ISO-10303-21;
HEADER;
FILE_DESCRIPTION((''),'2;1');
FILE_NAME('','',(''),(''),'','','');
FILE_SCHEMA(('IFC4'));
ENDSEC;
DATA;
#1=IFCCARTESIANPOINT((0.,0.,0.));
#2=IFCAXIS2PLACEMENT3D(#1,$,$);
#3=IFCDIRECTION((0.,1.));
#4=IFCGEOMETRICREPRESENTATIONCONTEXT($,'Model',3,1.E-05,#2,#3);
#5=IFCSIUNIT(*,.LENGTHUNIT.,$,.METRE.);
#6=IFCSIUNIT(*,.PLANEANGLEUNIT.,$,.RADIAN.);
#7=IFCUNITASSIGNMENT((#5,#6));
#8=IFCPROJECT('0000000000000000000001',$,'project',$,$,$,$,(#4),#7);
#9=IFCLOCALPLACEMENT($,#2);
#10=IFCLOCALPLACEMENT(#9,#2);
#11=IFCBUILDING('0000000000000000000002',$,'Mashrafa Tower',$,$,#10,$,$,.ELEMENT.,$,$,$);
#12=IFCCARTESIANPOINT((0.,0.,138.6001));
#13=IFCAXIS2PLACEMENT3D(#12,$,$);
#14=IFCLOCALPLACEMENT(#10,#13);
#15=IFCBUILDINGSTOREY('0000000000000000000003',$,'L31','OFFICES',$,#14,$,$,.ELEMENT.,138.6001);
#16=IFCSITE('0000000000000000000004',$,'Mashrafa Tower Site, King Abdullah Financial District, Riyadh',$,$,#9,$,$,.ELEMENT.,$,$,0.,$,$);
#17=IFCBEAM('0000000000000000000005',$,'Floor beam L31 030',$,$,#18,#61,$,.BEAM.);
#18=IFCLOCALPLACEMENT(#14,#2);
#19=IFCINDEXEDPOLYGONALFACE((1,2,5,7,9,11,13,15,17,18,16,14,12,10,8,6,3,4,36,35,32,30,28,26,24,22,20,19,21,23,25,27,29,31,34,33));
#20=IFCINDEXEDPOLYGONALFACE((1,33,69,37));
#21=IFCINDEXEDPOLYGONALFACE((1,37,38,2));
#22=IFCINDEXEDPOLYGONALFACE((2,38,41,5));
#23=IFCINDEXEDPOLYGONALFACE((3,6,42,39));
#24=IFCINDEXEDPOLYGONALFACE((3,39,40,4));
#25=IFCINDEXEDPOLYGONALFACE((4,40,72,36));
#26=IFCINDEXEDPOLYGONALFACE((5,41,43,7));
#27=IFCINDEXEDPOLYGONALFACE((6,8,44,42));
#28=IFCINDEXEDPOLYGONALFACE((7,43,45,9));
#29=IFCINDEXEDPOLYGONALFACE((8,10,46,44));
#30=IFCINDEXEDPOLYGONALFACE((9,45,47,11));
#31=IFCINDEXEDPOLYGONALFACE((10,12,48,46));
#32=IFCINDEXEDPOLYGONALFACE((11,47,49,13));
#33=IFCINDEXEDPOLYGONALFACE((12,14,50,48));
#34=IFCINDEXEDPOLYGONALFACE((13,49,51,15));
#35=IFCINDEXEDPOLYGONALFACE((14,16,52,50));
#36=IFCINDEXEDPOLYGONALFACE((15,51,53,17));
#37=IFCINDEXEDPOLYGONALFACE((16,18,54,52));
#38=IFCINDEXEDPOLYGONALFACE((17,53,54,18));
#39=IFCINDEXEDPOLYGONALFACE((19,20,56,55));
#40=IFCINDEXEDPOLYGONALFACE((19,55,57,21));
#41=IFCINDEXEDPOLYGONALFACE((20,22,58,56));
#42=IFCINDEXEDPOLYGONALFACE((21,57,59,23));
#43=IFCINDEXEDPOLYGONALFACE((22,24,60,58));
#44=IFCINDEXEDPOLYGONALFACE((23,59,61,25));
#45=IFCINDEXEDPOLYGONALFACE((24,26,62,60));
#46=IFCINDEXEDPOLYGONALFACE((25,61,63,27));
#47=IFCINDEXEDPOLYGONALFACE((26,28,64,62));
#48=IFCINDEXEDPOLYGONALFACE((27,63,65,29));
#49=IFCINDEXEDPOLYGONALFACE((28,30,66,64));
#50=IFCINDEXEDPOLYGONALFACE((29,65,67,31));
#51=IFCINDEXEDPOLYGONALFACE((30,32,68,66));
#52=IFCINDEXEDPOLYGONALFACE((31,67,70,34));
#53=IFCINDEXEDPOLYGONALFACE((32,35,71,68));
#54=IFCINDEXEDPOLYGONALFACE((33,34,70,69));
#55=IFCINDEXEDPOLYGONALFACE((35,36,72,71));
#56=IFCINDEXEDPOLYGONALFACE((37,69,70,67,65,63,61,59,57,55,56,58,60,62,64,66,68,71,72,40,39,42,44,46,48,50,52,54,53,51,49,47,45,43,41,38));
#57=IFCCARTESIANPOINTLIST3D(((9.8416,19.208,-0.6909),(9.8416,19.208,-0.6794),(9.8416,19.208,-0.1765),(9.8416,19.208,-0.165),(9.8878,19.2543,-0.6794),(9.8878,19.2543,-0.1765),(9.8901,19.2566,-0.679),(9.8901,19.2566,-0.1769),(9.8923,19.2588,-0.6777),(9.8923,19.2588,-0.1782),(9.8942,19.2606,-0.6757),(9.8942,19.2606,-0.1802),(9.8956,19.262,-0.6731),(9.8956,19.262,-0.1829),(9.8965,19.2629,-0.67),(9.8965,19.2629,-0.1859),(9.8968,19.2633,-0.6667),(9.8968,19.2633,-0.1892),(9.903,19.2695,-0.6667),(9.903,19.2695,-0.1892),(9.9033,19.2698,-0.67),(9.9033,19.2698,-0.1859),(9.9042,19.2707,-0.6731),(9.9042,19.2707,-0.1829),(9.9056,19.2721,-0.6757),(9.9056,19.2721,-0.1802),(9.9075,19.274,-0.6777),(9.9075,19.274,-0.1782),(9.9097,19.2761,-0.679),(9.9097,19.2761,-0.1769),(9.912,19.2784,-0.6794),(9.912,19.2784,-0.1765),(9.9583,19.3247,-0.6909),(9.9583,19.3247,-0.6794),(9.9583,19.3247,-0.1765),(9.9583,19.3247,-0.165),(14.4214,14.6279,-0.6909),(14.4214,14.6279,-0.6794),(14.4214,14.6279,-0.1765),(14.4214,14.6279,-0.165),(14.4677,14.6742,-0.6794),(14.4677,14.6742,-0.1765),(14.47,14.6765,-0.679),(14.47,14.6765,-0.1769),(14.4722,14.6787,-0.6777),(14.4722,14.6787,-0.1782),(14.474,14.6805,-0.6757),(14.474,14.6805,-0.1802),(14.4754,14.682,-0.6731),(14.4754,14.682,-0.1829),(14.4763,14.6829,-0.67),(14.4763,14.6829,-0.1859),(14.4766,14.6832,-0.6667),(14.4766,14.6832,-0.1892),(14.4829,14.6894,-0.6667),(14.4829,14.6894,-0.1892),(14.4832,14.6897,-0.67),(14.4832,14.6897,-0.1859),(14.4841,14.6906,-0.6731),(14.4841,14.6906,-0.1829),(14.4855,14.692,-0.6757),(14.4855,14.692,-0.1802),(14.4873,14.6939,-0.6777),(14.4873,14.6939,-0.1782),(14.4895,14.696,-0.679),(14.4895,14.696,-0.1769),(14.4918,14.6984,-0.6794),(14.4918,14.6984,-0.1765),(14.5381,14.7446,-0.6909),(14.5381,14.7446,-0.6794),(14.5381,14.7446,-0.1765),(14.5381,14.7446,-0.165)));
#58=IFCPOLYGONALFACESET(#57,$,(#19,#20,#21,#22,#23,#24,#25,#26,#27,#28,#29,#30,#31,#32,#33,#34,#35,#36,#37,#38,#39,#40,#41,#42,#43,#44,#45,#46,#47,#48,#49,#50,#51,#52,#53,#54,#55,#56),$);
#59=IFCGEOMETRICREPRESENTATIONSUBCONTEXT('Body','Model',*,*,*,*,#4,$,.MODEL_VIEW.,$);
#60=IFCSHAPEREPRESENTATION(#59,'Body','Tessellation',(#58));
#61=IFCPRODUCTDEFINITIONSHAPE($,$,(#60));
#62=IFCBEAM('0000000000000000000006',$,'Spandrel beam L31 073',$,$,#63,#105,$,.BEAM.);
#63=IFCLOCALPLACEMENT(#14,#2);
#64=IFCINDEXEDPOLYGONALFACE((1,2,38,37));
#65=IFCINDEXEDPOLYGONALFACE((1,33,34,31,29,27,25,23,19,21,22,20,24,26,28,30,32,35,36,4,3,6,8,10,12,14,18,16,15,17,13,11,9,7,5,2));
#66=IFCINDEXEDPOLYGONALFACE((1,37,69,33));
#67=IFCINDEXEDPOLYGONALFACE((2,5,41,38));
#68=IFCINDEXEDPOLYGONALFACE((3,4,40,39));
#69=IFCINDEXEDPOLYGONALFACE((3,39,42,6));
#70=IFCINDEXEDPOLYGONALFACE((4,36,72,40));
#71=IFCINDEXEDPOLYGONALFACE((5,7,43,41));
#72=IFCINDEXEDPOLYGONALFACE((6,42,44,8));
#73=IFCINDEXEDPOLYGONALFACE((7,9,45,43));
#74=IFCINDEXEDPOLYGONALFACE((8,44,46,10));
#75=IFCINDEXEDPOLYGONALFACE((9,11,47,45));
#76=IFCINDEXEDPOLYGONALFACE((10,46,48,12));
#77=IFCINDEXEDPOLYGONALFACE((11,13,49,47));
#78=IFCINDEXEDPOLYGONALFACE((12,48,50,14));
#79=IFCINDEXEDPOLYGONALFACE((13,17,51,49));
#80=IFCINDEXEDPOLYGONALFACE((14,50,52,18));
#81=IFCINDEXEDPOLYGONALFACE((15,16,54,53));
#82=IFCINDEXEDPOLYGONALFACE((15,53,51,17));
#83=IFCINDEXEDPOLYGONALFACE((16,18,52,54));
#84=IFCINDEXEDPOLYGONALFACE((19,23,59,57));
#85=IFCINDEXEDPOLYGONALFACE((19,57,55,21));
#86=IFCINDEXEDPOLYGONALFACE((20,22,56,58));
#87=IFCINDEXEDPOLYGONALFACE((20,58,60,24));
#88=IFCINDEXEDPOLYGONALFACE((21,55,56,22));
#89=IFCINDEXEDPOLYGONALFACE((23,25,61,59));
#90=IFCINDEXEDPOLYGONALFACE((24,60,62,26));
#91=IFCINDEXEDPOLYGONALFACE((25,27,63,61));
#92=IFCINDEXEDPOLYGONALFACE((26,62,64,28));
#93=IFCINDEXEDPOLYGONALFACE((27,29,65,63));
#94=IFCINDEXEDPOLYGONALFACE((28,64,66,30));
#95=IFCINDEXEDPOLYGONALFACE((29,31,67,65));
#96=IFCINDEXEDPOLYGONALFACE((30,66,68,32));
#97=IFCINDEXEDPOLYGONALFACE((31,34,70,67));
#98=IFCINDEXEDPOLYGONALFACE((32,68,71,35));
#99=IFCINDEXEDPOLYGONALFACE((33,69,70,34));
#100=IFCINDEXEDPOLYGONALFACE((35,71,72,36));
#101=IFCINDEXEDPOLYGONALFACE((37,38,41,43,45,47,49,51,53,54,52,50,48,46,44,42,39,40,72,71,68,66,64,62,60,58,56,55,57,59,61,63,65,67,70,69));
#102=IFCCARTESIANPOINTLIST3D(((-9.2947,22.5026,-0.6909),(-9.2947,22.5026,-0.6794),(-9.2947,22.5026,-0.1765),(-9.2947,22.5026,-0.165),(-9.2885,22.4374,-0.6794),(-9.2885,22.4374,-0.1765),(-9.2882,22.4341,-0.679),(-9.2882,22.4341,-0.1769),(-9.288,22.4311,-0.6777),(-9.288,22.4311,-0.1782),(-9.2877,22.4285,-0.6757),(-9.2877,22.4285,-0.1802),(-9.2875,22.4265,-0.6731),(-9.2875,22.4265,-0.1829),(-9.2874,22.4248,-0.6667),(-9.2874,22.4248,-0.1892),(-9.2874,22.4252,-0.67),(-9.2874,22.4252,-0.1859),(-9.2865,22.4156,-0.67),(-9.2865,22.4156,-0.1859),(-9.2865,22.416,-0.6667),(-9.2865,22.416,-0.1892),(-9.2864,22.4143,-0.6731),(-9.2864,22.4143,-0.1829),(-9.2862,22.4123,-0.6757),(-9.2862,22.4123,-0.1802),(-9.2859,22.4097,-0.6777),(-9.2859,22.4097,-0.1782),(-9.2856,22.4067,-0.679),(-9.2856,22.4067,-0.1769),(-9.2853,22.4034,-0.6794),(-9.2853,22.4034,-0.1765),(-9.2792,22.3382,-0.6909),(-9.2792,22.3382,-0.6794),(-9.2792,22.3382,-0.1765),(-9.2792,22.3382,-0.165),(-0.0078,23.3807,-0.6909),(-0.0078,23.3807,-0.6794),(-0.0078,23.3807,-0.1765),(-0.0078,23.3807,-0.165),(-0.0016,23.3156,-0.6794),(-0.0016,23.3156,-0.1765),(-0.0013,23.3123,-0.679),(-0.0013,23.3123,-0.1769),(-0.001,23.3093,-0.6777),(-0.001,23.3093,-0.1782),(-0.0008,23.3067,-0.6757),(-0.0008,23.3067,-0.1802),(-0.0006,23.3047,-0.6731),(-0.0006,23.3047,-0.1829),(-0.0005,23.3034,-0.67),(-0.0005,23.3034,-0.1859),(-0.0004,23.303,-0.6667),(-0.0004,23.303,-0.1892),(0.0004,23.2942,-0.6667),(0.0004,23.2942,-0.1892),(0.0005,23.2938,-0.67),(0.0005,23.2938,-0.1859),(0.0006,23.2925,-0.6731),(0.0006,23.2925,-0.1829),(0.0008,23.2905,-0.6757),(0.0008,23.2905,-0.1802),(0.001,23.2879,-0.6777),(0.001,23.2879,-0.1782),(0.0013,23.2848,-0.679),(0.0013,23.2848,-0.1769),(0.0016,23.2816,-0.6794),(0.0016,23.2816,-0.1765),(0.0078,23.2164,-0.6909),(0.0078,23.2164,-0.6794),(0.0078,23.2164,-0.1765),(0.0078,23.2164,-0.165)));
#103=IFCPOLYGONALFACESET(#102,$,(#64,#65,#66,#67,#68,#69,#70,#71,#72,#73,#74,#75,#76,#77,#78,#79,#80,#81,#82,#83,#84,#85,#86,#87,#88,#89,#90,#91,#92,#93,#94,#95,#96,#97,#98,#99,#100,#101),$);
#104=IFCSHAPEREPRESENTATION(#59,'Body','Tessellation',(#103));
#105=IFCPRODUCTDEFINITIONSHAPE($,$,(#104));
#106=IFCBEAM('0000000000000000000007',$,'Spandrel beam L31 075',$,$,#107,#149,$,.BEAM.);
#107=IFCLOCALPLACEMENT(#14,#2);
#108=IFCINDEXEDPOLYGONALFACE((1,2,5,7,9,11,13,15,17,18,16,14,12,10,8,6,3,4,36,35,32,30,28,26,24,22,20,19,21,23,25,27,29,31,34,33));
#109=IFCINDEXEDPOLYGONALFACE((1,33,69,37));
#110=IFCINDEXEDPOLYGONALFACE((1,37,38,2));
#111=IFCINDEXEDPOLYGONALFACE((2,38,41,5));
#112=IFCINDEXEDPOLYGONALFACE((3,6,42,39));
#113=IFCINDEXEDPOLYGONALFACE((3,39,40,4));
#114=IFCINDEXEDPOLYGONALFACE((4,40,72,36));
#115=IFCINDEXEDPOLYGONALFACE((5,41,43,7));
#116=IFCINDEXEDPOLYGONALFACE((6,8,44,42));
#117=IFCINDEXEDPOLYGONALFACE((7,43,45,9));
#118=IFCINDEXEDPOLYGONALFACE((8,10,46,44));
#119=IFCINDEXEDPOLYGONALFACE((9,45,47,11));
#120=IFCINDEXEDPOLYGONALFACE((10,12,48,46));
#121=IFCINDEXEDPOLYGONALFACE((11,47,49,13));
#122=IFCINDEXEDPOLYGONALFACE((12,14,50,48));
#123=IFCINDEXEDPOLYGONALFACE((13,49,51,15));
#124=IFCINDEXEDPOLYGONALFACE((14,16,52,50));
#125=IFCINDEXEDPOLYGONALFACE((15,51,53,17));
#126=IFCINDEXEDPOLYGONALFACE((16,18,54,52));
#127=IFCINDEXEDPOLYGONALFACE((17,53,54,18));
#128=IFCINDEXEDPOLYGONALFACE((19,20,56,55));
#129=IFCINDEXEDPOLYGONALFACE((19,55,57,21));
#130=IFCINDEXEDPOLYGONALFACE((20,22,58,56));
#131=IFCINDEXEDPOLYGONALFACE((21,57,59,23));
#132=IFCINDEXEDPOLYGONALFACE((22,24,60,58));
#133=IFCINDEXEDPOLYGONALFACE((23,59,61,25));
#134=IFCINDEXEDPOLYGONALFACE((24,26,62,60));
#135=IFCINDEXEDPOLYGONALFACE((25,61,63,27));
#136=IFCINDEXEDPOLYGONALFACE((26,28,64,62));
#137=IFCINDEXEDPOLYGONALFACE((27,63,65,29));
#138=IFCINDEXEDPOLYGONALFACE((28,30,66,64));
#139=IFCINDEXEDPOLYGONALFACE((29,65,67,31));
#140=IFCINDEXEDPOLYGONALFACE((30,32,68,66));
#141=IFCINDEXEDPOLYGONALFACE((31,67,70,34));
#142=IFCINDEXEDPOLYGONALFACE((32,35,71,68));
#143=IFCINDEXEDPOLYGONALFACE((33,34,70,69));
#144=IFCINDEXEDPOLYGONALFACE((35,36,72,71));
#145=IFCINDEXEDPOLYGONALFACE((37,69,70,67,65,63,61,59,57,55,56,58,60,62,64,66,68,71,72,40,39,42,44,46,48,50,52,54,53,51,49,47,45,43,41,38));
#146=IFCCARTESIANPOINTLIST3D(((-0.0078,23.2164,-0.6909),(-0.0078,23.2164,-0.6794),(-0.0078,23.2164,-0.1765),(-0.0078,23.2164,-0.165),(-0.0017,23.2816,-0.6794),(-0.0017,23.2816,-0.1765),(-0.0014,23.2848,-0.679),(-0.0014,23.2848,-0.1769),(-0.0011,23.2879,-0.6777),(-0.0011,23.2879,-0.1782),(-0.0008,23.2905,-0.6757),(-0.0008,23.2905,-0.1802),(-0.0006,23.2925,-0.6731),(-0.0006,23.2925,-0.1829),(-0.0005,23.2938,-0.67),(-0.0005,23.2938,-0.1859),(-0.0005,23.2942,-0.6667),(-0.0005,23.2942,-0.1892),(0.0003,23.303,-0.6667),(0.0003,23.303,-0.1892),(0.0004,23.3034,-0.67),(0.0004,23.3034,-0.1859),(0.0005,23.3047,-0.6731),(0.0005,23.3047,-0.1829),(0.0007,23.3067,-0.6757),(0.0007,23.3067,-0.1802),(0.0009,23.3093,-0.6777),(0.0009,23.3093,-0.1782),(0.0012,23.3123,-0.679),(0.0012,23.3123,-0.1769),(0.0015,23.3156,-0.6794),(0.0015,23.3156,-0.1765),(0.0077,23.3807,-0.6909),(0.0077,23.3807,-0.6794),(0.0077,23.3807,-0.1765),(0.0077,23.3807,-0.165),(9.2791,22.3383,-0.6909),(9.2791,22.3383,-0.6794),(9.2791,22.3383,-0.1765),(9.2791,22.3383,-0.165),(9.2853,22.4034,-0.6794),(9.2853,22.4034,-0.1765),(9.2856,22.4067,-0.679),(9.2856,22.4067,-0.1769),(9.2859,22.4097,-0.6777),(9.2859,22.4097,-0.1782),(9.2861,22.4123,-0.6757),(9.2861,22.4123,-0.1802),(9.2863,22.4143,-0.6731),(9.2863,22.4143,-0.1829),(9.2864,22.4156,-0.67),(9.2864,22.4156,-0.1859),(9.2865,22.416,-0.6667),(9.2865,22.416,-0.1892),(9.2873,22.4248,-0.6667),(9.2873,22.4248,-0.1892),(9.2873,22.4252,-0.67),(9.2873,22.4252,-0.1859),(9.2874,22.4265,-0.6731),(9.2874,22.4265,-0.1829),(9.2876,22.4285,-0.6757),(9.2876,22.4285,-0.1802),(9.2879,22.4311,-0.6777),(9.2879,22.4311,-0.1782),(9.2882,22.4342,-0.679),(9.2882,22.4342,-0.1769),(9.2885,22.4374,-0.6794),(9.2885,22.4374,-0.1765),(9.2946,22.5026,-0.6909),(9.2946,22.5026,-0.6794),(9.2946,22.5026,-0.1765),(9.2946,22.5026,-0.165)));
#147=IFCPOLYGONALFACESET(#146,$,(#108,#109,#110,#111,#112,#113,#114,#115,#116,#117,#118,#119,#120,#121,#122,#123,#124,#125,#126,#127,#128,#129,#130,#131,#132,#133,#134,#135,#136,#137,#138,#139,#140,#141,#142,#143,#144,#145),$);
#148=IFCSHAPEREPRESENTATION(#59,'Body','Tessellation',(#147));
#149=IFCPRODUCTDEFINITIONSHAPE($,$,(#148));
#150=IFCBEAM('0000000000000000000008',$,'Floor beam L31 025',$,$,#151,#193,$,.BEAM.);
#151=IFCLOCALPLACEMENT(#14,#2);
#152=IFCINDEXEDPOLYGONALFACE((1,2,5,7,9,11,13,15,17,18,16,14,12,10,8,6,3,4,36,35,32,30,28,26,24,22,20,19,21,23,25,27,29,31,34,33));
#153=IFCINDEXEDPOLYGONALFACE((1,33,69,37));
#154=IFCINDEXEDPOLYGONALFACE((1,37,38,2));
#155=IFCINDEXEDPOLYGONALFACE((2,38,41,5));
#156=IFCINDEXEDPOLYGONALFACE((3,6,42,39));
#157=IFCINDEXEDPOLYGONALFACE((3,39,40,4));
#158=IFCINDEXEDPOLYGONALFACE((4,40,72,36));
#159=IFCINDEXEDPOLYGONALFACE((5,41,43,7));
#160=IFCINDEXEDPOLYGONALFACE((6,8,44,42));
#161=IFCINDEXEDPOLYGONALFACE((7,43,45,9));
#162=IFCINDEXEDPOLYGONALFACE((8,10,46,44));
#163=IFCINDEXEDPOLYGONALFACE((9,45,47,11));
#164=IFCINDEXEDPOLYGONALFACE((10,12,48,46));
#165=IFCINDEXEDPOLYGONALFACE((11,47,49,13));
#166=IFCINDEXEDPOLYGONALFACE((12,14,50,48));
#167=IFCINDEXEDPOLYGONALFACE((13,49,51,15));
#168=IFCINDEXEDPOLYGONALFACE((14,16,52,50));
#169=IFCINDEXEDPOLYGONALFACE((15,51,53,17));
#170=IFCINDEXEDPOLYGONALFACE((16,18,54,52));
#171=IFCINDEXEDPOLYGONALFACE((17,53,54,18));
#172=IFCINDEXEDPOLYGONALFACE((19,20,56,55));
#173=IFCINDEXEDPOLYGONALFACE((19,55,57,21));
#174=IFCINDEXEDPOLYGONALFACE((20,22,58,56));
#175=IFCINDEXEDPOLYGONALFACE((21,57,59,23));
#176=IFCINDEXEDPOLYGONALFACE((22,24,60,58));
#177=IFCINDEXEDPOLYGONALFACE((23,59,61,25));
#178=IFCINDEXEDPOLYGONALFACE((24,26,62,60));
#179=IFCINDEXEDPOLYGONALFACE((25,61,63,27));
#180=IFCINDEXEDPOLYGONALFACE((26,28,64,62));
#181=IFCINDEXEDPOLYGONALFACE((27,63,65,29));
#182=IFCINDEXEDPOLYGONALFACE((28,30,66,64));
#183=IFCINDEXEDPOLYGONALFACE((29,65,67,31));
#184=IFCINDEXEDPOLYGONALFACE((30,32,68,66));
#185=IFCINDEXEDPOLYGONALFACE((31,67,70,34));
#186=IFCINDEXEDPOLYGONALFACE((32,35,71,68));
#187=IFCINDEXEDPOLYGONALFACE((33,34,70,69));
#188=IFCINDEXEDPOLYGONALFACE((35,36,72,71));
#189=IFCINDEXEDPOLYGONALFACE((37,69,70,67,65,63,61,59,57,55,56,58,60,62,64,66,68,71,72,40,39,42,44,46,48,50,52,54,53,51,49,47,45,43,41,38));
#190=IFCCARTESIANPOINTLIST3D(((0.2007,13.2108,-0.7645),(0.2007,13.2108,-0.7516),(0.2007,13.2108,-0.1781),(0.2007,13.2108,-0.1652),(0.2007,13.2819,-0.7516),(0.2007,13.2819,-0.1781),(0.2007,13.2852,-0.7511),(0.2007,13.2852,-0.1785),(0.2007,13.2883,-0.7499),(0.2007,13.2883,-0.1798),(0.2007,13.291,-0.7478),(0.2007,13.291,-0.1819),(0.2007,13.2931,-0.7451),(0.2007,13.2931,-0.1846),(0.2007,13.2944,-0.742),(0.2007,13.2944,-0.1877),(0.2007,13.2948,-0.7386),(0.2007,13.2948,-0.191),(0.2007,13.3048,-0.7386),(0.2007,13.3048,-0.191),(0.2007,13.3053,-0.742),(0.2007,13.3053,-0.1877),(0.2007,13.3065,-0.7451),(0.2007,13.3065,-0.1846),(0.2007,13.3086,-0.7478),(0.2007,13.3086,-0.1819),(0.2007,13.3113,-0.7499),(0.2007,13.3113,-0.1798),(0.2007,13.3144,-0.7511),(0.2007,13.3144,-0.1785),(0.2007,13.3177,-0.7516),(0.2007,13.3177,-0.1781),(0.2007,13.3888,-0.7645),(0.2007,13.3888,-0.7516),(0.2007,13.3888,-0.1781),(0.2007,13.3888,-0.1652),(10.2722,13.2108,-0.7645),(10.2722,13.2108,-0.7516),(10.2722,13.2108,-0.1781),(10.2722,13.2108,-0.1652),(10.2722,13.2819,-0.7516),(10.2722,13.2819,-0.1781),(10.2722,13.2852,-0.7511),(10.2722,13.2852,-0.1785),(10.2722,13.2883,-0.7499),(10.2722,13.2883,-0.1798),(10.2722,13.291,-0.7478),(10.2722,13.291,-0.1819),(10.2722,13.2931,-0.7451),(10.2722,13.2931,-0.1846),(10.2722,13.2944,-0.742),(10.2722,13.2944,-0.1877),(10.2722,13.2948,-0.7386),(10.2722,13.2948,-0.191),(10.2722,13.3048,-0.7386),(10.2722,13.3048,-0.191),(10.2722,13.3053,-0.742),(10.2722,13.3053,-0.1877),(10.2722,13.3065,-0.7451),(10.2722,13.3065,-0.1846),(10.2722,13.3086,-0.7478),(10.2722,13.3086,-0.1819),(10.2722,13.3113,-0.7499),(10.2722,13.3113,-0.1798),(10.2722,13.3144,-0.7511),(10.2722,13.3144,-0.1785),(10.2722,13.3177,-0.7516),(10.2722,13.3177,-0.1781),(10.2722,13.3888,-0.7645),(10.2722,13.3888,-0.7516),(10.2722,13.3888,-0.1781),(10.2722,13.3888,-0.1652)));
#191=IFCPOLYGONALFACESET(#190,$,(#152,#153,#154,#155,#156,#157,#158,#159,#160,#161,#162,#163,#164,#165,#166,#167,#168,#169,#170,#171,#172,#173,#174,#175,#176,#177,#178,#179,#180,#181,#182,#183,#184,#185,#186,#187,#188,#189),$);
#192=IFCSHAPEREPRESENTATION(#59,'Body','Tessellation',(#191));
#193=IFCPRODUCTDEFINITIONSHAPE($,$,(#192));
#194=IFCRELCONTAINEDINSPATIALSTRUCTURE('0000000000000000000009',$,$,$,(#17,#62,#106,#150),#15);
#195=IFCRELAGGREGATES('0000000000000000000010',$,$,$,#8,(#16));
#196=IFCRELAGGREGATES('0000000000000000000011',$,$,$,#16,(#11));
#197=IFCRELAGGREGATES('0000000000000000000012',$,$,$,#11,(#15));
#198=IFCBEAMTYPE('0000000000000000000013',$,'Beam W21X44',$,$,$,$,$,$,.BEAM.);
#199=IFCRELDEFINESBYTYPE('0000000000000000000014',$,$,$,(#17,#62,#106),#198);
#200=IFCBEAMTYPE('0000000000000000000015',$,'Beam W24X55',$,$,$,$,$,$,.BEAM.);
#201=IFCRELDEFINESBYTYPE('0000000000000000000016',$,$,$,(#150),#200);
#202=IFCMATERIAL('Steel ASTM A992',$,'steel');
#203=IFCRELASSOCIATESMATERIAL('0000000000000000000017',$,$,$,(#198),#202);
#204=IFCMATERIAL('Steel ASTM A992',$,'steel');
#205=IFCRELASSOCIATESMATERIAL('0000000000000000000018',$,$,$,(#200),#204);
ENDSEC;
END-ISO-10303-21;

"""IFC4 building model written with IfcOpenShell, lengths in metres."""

from ifc_helpers import new_model, si_unit, direction, frame, origin, origin_2d, place, context, subcontext, project, spatial, i_section, extrude, material, material_profile, profile_set, type_object, element, save


model = new_model("IFC4")

# Units and contexts
model_context = context("Model", 3, precision=1e-05, world=origin(), true_north=direction((0.0, 1.0)))
body_context = subcontext(model_context, "Body", "Model", "MODEL_VIEW")
ifc_project = project(units=[si_unit("LENGTHUNIT", "METRE"), si_unit("PLANEANGLEUNIT", "RADIAN")], contexts=[model_context])

# Site, building, storey
site_placement = place(None, origin())
site = spatial("IfcSite", under=ifc_project, at=site_placement, Name="Mashrafa Tower Site, King Abdullah Financial District, Riyadh", CompositionType="ELEMENT", RefElevation=0.0)
building_placement = place(site_placement, origin())
building = spatial("IfcBuilding", under=site, at=building_placement, Name="Mashrafa Tower", CompositionType="ELEMENT")
storey_placement = place(building_placement, frame((0.0, 0.0, 138.6001)))
storey = spatial("IfcBuildingStorey", under=building, at=storey_placement, Name="L31", Description="OFFICES", CompositionType="ELEMENT", Elevation=138.6001)

# Beams
ifc_material_1 = material(Name="Steel ASTM A992", Category="steel")
ifc_material_profile_1 = material_profile(ifc_material_1, i_section(OverallWidth=0.165, OverallDepth=0.5259, WebThickness=0.0088, FlangeThickness=0.0115, FilletRadius=0.0127, at=origin_2d()), Name="W21X44")
ifc_profile_set_1 = profile_set([ifc_material_profile_1], Name="Steel ASTM A992")
beam_type_1 = type_object("IfcBeamType", Name="Beam W21X44", PredefinedType="BEAM", material=ifc_profile_set_1)
beam_1_placement = place(storey_placement, frame((9.8999, 19.2664, -0.428), z_axis=(0.707088, -0.707126, 0.0), x_axis=(0.707126, 0.707088, 0.0)))
element("IfcBeam", 1, at=beam_1_placement, inside=storey, type_object=beam_type_1, Name="Floor beam L31 030", PredefinedType="BEAM", context=body_context, shape_type="SweptSolid", body=[
    extrude(i_section(OverallWidth=0.165, OverallDepth=0.5259, WebThickness=0.0088, FlangeThickness=0.0115, FilletRadius=0.0127, at=origin_2d()), origin(), (0.0, 0.0, 1.0), 6.4771),
])
for number, where, z_axis, x_axis, name in (
    (2, (0.0, 23.2986, -0.428), (-0.995559, -0.094141, 0.0), (0.094141, -0.995559, 0.0), "Spandrel beam L31 073"),
    (3, (9.2869, 22.4204, -0.428), (-0.995559, 0.094141, 0.0), (-0.094141, -0.995559, 0.0), "Spandrel beam L31 075"),
):
    element("IfcBeam", number, at=place(storey_placement, frame(where, z_axis=z_axis, x_axis=x_axis)), inside=storey, type_object=beam_type_1, Name=name, PredefinedType="BEAM", context=body_context, shape_type="SweptSolid", body=[
        extrude(i_section(OverallWidth=0.165, OverallDepth=0.5259, WebThickness=0.0088, FlangeThickness=0.0115, FilletRadius=0.0127, at=origin_2d()), origin(), (0.0, 0.0, 1.0), 9.3284),
    ])
ifc_material_2 = material(Name="Steel ASTM A992", Category="steel")
ifc_material_profile_2 = material_profile(ifc_material_2, i_section(OverallWidth=0.178, OverallDepth=0.5994, WebThickness=0.01, FlangeThickness=0.0129, FilletRadius=0.0129, at=origin_2d()), Name="W24X55")
ifc_profile_set_2 = profile_set([ifc_material_profile_2], Name="Steel ASTM A992")
beam_type_2 = type_object("IfcBeamType", Name="Beam W24X55", PredefinedType="BEAM", material=ifc_profile_set_2)
beam_2_placement = place(storey_placement, frame((0.2007, 13.2998, -0.4648), z_axis=(1.0, 0.0, 0.0), x_axis=(0.0, 1.0, 0.0)))
element("IfcBeam", 4, at=beam_2_placement, inside=storey, type_object=beam_type_2, Name="Floor beam L31 025", PredefinedType="BEAM", context=body_context, shape_type="SweptSolid", body=[
    extrude(i_section(OverallWidth=0.178, OverallDepth=0.5994, WebThickness=0.01, FlangeThickness=0.0129, FilletRadius=0.0129, at=origin_2d()), origin(), (0.0, 0.0, 1.0), 10.0715),
])

save(model, "model.ifc")
